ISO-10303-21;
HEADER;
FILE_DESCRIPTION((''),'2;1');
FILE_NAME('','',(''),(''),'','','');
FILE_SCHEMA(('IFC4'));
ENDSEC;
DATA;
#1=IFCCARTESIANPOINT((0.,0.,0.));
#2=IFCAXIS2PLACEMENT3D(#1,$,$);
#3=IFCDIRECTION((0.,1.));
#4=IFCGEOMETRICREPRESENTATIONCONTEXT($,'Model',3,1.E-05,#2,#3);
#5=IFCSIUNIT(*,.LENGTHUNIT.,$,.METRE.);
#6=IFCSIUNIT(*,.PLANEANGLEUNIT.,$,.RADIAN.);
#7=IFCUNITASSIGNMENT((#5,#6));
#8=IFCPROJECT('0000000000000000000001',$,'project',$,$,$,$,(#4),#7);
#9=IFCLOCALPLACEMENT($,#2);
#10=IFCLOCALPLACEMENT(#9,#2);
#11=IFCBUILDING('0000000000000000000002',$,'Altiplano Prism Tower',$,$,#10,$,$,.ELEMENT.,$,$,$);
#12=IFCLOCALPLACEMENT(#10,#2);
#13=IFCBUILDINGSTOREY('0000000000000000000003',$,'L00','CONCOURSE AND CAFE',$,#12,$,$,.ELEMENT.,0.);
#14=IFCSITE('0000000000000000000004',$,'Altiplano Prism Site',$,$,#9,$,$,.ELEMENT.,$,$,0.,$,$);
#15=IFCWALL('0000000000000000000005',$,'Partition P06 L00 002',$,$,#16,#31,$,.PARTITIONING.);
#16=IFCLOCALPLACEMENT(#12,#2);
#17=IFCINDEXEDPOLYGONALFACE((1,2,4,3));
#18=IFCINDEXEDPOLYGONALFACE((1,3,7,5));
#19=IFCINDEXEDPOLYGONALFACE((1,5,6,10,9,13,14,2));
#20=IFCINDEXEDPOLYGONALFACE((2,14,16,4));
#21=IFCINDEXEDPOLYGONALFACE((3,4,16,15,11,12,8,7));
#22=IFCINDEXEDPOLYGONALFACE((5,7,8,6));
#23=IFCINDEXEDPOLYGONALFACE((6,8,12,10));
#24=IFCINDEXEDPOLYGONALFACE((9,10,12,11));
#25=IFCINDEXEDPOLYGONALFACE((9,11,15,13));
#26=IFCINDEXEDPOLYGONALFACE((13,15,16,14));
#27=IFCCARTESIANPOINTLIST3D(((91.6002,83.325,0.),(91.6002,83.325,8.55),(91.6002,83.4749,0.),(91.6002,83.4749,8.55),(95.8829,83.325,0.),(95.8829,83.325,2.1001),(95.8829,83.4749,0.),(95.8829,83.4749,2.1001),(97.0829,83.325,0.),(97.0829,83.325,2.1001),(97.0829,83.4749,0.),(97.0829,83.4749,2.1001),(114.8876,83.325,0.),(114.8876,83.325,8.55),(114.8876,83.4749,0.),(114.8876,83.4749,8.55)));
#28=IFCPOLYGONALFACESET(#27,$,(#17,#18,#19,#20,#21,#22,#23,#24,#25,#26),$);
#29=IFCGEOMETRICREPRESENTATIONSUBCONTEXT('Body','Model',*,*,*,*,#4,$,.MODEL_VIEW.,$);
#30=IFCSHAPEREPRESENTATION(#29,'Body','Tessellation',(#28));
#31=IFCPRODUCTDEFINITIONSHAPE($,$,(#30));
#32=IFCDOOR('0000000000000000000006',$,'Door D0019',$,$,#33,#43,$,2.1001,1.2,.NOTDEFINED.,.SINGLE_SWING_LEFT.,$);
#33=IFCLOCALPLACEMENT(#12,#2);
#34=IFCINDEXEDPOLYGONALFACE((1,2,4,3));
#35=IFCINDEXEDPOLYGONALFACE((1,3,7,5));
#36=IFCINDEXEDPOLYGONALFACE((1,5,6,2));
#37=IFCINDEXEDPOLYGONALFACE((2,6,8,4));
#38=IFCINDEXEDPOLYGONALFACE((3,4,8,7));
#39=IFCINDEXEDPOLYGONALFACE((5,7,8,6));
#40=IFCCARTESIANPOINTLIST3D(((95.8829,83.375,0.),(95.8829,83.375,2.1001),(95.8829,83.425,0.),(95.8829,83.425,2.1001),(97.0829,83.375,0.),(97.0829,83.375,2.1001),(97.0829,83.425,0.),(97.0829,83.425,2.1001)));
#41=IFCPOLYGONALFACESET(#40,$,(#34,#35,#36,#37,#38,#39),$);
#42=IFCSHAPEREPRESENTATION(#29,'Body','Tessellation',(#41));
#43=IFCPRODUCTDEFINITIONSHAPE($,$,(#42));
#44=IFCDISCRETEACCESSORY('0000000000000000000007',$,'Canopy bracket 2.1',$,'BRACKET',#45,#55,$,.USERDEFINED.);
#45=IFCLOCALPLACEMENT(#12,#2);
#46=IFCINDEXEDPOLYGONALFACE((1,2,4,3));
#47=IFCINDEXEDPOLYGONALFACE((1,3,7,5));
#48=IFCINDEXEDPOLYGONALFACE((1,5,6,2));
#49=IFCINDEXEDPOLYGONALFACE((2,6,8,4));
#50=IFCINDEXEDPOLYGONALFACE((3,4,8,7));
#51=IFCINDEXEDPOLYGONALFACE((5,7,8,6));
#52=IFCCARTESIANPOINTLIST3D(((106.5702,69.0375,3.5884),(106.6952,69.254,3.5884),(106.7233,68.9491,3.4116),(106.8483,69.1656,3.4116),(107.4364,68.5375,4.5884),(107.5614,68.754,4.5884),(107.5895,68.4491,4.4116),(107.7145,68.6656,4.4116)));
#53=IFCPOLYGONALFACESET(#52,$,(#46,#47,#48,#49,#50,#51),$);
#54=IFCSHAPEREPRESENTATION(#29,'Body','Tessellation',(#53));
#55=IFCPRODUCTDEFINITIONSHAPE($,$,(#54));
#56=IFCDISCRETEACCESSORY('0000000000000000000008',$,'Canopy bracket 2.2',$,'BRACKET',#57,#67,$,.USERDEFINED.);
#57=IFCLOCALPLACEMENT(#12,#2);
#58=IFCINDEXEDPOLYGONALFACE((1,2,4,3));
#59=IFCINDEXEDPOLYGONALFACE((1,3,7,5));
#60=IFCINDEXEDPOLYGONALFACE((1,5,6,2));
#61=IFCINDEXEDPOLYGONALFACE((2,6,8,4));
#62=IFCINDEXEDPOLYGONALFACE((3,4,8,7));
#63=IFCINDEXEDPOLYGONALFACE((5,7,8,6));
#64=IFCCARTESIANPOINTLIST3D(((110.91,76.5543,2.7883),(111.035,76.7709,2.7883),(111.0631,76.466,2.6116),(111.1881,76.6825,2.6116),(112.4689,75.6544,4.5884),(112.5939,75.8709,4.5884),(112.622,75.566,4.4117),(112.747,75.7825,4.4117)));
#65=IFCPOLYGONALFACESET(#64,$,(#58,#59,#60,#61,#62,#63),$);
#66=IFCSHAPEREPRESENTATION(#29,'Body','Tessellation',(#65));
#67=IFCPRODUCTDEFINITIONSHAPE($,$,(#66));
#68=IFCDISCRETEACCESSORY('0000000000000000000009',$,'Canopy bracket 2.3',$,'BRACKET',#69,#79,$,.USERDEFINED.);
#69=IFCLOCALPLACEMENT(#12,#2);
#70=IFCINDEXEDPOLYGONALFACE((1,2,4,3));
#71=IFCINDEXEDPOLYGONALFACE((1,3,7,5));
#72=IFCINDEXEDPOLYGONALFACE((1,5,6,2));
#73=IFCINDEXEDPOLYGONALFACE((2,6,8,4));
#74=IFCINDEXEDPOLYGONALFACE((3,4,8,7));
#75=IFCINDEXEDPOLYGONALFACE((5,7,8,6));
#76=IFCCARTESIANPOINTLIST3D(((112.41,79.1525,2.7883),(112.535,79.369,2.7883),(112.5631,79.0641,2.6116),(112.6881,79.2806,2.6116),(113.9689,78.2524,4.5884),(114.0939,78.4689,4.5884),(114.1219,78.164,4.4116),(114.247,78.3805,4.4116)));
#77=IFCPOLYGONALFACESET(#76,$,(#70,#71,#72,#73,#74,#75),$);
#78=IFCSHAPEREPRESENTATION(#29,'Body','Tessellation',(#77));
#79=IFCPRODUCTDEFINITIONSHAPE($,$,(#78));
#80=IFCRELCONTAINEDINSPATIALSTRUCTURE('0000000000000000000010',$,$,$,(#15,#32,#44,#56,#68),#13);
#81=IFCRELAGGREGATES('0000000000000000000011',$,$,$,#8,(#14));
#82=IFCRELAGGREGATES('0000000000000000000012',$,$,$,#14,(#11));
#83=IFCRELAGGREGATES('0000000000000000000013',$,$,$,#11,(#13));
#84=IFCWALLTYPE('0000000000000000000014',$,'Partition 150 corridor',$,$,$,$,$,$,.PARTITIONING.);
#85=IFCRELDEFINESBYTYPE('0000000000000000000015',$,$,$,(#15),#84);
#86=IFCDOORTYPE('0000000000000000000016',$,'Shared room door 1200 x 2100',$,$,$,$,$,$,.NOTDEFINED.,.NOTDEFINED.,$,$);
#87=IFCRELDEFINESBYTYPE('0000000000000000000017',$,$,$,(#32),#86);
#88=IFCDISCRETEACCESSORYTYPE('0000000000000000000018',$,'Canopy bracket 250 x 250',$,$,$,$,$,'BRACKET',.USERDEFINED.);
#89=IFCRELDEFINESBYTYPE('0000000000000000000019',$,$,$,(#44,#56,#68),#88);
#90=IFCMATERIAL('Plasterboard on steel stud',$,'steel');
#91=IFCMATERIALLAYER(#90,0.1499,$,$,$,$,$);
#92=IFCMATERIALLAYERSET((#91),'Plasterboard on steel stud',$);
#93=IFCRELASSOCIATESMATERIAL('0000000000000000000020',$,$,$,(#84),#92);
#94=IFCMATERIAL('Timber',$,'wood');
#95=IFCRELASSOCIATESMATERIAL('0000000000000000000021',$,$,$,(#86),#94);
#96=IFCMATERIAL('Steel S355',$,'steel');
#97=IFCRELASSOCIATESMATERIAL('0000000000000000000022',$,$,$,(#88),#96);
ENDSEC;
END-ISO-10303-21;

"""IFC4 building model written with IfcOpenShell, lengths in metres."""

from ifc_helpers import new_model, si_unit, direction, frame, frame_2d, origin, origin_2d, place, context, subcontext, project, spatial, rectangle, extrude, material, layer, layer_set, material_profile, profile_set, type_object, element, fill, save


model = new_model("IFC4")

# Units and contexts
model_context = context("Model", 3, precision=1e-05, world=origin(), true_north=direction((0.0, 1.0)))
body_context = subcontext(model_context, "Body", "Model", "MODEL_VIEW")
ifc_project = project(units=[si_unit("LENGTHUNIT", "METRE"), si_unit("PLANEANGLEUNIT", "RADIAN")], contexts=[model_context])

# Site, building, storey
site_placement = place(None, origin())
site = spatial("IfcSite", under=ifc_project, at=site_placement, Name="Altiplano Prism Site", CompositionType="ELEMENT", RefElevation=0.0)
building_placement = place(site_placement, origin())
building = spatial("IfcBuilding", under=site, at=building_placement, Name="Altiplano Prism Tower", CompositionType="ELEMENT")
storey_placement = place(building_placement, origin())
storey = spatial("IfcBuildingStorey", under=building, at=storey_placement, Name="L00", Description="CONCOURSE AND CAFE", CompositionType="ELEMENT", Elevation=0.0)

# Wall, opening, door
ifc_material_1 = material(Name="Plasterboard on steel stud", Category="steel")
ifc_layer_1 = layer(ifc_material_1, 0.1499)
ifc_layer_set_1 = layer_set([ifc_layer_1], Name="Plasterboard on steel stud")
wall_type_1 = type_object("IfcWallType", Name="Partition 150 corridor", PredefinedType="PARTITIONING", material=ifc_layer_set_1)
wall_1_placement = place(storey_placement, frame((114.8875, 83.3999, 0.0), z_axis=(0.0, 0.0, 1.0), x_axis=(-1.0, 0.0, 0.0)))
wall_1 = element("IfcWall", 1, at=wall_1_placement, inside=storey, type_object=wall_type_1, Name="Partition P06 L00 002", PredefinedType="PARTITIONING", context=body_context, shape_type="SweptSolid", body=[
    extrude(rectangle(XDim=23.2874, YDim=0.1499, at=frame_2d((11.6436, 0.0))), origin(), (0.0, 0.0, 1.0), 8.55),
])
opening_1_placement = place(wall_1_placement, frame((17.8044, 0.0, 0.0)))
opening_1 = element("IfcOpeningElement", 2, at=opening_1_placement, cuts=wall_1, PredefinedType="OPENING", context=body_context, shape_type="SweptSolid", body=[
    extrude(rectangle(XDim=1.2, YDim=2.1001, at=frame_2d((0.6001, 1.05))), frame((0.0, 0.0854, 0.0), z_axis=(0.0, -1.0, 0.0), x_axis=(1.0, 0.0, 0.0)), (0.0, 0.0, 1.0), 0.1709),
])
ifc_material_2 = material(Name="Timber", Category="wood")
door_type_1 = type_object("IfcDoorType", Name="Shared room door 1200 x 2100", OperationType="NOTDEFINED", PredefinedType="NOTDEFINED", material=ifc_material_2)
door_1_placement = place(opening_1_placement, origin())
door_1 = element("IfcDoor", 3, at=door_1_placement, inside=storey, type_object=door_type_1, Name="Door D0019", OperationType="SINGLE_SWING_LEFT", OverallHeight=2.1001, OverallWidth=1.2, PredefinedType="NOTDEFINED", context=body_context, shape_type="SweptSolid", body=[
    extrude(rectangle(XDim=1.2, YDim=2.1001, at=frame_2d((0.6001, 1.05))), frame((0.0, 0.0249, 0.0), z_axis=(0.0, -1.0, 0.0), x_axis=(1.0, 0.0, 0.0)), (0.0, 0.0, 1.0), 0.05),
])
fill(opening_1, door_1)

# Discrete accessories
ifc_material_3 = material(Name="Steel S355", Category="steel")
ifc_material_profile_1 = material_profile(ifc_material_3, rectangle(XDim=0.25, YDim=0.25, at=origin_2d()), Name="Canopy bracket 250 x 250")
ifc_profile_set_1 = profile_set([ifc_material_profile_1], Name="Steel S355")
discrete_accessory_type = type_object("IfcDiscreteAccessoryType", Name="Canopy bracket 250 x 250", ElementType="BRACKET", PredefinedType="USERDEFINED", material=ifc_profile_set_1)
discrete_accessory_placement = place(storey_placement, frame((106.7092, 69.1016, 3.5), z_axis=(0.612454, -0.353525, 0.70705), x_axis=(0.49992, 0.866072, 0.0)))
element("IfcDiscreteAccessory", 4, at=discrete_accessory_placement, inside=storey, type_object=discrete_accessory_type, Name="Canopy bracket 2.1", ObjectType="BRACKET", PredefinedType="USERDEFINED", context=body_context, shape_type="SweptSolid", body=[
    extrude(rectangle(XDim=0.25, YDim=0.25, at=origin_2d()), origin(), (0.0, 0.0, 1.0), 1.4143),
])
for number, where, z_axis, x_axis, name in (
    (5, (111.0491, 76.6184, 2.7), (0.612371, -0.353516, 0.707127), (0.499961, 0.866048, 0.0), "Canopy bracket 2.2"),
    (6, (112.5491, 79.2166, 2.7), (0.61235, -0.3536, 0.707103), (0.500063, 0.865989, 0.0), "Canopy bracket 2.3"),
):
    element("IfcDiscreteAccessory", number, at=place(storey_placement, frame(where, z_axis=z_axis, x_axis=x_axis)), inside=storey, type_object=discrete_accessory_type, Name=name, ObjectType="BRACKET", PredefinedType="USERDEFINED", context=body_context, shape_type="SweptSolid", body=[
        extrude(rectangle(XDim=0.25, YDim=0.25, at=origin_2d()), origin(), (0.0, 0.0, 1.0), 2.5457),
    ])

save(model, "model.ifc")
